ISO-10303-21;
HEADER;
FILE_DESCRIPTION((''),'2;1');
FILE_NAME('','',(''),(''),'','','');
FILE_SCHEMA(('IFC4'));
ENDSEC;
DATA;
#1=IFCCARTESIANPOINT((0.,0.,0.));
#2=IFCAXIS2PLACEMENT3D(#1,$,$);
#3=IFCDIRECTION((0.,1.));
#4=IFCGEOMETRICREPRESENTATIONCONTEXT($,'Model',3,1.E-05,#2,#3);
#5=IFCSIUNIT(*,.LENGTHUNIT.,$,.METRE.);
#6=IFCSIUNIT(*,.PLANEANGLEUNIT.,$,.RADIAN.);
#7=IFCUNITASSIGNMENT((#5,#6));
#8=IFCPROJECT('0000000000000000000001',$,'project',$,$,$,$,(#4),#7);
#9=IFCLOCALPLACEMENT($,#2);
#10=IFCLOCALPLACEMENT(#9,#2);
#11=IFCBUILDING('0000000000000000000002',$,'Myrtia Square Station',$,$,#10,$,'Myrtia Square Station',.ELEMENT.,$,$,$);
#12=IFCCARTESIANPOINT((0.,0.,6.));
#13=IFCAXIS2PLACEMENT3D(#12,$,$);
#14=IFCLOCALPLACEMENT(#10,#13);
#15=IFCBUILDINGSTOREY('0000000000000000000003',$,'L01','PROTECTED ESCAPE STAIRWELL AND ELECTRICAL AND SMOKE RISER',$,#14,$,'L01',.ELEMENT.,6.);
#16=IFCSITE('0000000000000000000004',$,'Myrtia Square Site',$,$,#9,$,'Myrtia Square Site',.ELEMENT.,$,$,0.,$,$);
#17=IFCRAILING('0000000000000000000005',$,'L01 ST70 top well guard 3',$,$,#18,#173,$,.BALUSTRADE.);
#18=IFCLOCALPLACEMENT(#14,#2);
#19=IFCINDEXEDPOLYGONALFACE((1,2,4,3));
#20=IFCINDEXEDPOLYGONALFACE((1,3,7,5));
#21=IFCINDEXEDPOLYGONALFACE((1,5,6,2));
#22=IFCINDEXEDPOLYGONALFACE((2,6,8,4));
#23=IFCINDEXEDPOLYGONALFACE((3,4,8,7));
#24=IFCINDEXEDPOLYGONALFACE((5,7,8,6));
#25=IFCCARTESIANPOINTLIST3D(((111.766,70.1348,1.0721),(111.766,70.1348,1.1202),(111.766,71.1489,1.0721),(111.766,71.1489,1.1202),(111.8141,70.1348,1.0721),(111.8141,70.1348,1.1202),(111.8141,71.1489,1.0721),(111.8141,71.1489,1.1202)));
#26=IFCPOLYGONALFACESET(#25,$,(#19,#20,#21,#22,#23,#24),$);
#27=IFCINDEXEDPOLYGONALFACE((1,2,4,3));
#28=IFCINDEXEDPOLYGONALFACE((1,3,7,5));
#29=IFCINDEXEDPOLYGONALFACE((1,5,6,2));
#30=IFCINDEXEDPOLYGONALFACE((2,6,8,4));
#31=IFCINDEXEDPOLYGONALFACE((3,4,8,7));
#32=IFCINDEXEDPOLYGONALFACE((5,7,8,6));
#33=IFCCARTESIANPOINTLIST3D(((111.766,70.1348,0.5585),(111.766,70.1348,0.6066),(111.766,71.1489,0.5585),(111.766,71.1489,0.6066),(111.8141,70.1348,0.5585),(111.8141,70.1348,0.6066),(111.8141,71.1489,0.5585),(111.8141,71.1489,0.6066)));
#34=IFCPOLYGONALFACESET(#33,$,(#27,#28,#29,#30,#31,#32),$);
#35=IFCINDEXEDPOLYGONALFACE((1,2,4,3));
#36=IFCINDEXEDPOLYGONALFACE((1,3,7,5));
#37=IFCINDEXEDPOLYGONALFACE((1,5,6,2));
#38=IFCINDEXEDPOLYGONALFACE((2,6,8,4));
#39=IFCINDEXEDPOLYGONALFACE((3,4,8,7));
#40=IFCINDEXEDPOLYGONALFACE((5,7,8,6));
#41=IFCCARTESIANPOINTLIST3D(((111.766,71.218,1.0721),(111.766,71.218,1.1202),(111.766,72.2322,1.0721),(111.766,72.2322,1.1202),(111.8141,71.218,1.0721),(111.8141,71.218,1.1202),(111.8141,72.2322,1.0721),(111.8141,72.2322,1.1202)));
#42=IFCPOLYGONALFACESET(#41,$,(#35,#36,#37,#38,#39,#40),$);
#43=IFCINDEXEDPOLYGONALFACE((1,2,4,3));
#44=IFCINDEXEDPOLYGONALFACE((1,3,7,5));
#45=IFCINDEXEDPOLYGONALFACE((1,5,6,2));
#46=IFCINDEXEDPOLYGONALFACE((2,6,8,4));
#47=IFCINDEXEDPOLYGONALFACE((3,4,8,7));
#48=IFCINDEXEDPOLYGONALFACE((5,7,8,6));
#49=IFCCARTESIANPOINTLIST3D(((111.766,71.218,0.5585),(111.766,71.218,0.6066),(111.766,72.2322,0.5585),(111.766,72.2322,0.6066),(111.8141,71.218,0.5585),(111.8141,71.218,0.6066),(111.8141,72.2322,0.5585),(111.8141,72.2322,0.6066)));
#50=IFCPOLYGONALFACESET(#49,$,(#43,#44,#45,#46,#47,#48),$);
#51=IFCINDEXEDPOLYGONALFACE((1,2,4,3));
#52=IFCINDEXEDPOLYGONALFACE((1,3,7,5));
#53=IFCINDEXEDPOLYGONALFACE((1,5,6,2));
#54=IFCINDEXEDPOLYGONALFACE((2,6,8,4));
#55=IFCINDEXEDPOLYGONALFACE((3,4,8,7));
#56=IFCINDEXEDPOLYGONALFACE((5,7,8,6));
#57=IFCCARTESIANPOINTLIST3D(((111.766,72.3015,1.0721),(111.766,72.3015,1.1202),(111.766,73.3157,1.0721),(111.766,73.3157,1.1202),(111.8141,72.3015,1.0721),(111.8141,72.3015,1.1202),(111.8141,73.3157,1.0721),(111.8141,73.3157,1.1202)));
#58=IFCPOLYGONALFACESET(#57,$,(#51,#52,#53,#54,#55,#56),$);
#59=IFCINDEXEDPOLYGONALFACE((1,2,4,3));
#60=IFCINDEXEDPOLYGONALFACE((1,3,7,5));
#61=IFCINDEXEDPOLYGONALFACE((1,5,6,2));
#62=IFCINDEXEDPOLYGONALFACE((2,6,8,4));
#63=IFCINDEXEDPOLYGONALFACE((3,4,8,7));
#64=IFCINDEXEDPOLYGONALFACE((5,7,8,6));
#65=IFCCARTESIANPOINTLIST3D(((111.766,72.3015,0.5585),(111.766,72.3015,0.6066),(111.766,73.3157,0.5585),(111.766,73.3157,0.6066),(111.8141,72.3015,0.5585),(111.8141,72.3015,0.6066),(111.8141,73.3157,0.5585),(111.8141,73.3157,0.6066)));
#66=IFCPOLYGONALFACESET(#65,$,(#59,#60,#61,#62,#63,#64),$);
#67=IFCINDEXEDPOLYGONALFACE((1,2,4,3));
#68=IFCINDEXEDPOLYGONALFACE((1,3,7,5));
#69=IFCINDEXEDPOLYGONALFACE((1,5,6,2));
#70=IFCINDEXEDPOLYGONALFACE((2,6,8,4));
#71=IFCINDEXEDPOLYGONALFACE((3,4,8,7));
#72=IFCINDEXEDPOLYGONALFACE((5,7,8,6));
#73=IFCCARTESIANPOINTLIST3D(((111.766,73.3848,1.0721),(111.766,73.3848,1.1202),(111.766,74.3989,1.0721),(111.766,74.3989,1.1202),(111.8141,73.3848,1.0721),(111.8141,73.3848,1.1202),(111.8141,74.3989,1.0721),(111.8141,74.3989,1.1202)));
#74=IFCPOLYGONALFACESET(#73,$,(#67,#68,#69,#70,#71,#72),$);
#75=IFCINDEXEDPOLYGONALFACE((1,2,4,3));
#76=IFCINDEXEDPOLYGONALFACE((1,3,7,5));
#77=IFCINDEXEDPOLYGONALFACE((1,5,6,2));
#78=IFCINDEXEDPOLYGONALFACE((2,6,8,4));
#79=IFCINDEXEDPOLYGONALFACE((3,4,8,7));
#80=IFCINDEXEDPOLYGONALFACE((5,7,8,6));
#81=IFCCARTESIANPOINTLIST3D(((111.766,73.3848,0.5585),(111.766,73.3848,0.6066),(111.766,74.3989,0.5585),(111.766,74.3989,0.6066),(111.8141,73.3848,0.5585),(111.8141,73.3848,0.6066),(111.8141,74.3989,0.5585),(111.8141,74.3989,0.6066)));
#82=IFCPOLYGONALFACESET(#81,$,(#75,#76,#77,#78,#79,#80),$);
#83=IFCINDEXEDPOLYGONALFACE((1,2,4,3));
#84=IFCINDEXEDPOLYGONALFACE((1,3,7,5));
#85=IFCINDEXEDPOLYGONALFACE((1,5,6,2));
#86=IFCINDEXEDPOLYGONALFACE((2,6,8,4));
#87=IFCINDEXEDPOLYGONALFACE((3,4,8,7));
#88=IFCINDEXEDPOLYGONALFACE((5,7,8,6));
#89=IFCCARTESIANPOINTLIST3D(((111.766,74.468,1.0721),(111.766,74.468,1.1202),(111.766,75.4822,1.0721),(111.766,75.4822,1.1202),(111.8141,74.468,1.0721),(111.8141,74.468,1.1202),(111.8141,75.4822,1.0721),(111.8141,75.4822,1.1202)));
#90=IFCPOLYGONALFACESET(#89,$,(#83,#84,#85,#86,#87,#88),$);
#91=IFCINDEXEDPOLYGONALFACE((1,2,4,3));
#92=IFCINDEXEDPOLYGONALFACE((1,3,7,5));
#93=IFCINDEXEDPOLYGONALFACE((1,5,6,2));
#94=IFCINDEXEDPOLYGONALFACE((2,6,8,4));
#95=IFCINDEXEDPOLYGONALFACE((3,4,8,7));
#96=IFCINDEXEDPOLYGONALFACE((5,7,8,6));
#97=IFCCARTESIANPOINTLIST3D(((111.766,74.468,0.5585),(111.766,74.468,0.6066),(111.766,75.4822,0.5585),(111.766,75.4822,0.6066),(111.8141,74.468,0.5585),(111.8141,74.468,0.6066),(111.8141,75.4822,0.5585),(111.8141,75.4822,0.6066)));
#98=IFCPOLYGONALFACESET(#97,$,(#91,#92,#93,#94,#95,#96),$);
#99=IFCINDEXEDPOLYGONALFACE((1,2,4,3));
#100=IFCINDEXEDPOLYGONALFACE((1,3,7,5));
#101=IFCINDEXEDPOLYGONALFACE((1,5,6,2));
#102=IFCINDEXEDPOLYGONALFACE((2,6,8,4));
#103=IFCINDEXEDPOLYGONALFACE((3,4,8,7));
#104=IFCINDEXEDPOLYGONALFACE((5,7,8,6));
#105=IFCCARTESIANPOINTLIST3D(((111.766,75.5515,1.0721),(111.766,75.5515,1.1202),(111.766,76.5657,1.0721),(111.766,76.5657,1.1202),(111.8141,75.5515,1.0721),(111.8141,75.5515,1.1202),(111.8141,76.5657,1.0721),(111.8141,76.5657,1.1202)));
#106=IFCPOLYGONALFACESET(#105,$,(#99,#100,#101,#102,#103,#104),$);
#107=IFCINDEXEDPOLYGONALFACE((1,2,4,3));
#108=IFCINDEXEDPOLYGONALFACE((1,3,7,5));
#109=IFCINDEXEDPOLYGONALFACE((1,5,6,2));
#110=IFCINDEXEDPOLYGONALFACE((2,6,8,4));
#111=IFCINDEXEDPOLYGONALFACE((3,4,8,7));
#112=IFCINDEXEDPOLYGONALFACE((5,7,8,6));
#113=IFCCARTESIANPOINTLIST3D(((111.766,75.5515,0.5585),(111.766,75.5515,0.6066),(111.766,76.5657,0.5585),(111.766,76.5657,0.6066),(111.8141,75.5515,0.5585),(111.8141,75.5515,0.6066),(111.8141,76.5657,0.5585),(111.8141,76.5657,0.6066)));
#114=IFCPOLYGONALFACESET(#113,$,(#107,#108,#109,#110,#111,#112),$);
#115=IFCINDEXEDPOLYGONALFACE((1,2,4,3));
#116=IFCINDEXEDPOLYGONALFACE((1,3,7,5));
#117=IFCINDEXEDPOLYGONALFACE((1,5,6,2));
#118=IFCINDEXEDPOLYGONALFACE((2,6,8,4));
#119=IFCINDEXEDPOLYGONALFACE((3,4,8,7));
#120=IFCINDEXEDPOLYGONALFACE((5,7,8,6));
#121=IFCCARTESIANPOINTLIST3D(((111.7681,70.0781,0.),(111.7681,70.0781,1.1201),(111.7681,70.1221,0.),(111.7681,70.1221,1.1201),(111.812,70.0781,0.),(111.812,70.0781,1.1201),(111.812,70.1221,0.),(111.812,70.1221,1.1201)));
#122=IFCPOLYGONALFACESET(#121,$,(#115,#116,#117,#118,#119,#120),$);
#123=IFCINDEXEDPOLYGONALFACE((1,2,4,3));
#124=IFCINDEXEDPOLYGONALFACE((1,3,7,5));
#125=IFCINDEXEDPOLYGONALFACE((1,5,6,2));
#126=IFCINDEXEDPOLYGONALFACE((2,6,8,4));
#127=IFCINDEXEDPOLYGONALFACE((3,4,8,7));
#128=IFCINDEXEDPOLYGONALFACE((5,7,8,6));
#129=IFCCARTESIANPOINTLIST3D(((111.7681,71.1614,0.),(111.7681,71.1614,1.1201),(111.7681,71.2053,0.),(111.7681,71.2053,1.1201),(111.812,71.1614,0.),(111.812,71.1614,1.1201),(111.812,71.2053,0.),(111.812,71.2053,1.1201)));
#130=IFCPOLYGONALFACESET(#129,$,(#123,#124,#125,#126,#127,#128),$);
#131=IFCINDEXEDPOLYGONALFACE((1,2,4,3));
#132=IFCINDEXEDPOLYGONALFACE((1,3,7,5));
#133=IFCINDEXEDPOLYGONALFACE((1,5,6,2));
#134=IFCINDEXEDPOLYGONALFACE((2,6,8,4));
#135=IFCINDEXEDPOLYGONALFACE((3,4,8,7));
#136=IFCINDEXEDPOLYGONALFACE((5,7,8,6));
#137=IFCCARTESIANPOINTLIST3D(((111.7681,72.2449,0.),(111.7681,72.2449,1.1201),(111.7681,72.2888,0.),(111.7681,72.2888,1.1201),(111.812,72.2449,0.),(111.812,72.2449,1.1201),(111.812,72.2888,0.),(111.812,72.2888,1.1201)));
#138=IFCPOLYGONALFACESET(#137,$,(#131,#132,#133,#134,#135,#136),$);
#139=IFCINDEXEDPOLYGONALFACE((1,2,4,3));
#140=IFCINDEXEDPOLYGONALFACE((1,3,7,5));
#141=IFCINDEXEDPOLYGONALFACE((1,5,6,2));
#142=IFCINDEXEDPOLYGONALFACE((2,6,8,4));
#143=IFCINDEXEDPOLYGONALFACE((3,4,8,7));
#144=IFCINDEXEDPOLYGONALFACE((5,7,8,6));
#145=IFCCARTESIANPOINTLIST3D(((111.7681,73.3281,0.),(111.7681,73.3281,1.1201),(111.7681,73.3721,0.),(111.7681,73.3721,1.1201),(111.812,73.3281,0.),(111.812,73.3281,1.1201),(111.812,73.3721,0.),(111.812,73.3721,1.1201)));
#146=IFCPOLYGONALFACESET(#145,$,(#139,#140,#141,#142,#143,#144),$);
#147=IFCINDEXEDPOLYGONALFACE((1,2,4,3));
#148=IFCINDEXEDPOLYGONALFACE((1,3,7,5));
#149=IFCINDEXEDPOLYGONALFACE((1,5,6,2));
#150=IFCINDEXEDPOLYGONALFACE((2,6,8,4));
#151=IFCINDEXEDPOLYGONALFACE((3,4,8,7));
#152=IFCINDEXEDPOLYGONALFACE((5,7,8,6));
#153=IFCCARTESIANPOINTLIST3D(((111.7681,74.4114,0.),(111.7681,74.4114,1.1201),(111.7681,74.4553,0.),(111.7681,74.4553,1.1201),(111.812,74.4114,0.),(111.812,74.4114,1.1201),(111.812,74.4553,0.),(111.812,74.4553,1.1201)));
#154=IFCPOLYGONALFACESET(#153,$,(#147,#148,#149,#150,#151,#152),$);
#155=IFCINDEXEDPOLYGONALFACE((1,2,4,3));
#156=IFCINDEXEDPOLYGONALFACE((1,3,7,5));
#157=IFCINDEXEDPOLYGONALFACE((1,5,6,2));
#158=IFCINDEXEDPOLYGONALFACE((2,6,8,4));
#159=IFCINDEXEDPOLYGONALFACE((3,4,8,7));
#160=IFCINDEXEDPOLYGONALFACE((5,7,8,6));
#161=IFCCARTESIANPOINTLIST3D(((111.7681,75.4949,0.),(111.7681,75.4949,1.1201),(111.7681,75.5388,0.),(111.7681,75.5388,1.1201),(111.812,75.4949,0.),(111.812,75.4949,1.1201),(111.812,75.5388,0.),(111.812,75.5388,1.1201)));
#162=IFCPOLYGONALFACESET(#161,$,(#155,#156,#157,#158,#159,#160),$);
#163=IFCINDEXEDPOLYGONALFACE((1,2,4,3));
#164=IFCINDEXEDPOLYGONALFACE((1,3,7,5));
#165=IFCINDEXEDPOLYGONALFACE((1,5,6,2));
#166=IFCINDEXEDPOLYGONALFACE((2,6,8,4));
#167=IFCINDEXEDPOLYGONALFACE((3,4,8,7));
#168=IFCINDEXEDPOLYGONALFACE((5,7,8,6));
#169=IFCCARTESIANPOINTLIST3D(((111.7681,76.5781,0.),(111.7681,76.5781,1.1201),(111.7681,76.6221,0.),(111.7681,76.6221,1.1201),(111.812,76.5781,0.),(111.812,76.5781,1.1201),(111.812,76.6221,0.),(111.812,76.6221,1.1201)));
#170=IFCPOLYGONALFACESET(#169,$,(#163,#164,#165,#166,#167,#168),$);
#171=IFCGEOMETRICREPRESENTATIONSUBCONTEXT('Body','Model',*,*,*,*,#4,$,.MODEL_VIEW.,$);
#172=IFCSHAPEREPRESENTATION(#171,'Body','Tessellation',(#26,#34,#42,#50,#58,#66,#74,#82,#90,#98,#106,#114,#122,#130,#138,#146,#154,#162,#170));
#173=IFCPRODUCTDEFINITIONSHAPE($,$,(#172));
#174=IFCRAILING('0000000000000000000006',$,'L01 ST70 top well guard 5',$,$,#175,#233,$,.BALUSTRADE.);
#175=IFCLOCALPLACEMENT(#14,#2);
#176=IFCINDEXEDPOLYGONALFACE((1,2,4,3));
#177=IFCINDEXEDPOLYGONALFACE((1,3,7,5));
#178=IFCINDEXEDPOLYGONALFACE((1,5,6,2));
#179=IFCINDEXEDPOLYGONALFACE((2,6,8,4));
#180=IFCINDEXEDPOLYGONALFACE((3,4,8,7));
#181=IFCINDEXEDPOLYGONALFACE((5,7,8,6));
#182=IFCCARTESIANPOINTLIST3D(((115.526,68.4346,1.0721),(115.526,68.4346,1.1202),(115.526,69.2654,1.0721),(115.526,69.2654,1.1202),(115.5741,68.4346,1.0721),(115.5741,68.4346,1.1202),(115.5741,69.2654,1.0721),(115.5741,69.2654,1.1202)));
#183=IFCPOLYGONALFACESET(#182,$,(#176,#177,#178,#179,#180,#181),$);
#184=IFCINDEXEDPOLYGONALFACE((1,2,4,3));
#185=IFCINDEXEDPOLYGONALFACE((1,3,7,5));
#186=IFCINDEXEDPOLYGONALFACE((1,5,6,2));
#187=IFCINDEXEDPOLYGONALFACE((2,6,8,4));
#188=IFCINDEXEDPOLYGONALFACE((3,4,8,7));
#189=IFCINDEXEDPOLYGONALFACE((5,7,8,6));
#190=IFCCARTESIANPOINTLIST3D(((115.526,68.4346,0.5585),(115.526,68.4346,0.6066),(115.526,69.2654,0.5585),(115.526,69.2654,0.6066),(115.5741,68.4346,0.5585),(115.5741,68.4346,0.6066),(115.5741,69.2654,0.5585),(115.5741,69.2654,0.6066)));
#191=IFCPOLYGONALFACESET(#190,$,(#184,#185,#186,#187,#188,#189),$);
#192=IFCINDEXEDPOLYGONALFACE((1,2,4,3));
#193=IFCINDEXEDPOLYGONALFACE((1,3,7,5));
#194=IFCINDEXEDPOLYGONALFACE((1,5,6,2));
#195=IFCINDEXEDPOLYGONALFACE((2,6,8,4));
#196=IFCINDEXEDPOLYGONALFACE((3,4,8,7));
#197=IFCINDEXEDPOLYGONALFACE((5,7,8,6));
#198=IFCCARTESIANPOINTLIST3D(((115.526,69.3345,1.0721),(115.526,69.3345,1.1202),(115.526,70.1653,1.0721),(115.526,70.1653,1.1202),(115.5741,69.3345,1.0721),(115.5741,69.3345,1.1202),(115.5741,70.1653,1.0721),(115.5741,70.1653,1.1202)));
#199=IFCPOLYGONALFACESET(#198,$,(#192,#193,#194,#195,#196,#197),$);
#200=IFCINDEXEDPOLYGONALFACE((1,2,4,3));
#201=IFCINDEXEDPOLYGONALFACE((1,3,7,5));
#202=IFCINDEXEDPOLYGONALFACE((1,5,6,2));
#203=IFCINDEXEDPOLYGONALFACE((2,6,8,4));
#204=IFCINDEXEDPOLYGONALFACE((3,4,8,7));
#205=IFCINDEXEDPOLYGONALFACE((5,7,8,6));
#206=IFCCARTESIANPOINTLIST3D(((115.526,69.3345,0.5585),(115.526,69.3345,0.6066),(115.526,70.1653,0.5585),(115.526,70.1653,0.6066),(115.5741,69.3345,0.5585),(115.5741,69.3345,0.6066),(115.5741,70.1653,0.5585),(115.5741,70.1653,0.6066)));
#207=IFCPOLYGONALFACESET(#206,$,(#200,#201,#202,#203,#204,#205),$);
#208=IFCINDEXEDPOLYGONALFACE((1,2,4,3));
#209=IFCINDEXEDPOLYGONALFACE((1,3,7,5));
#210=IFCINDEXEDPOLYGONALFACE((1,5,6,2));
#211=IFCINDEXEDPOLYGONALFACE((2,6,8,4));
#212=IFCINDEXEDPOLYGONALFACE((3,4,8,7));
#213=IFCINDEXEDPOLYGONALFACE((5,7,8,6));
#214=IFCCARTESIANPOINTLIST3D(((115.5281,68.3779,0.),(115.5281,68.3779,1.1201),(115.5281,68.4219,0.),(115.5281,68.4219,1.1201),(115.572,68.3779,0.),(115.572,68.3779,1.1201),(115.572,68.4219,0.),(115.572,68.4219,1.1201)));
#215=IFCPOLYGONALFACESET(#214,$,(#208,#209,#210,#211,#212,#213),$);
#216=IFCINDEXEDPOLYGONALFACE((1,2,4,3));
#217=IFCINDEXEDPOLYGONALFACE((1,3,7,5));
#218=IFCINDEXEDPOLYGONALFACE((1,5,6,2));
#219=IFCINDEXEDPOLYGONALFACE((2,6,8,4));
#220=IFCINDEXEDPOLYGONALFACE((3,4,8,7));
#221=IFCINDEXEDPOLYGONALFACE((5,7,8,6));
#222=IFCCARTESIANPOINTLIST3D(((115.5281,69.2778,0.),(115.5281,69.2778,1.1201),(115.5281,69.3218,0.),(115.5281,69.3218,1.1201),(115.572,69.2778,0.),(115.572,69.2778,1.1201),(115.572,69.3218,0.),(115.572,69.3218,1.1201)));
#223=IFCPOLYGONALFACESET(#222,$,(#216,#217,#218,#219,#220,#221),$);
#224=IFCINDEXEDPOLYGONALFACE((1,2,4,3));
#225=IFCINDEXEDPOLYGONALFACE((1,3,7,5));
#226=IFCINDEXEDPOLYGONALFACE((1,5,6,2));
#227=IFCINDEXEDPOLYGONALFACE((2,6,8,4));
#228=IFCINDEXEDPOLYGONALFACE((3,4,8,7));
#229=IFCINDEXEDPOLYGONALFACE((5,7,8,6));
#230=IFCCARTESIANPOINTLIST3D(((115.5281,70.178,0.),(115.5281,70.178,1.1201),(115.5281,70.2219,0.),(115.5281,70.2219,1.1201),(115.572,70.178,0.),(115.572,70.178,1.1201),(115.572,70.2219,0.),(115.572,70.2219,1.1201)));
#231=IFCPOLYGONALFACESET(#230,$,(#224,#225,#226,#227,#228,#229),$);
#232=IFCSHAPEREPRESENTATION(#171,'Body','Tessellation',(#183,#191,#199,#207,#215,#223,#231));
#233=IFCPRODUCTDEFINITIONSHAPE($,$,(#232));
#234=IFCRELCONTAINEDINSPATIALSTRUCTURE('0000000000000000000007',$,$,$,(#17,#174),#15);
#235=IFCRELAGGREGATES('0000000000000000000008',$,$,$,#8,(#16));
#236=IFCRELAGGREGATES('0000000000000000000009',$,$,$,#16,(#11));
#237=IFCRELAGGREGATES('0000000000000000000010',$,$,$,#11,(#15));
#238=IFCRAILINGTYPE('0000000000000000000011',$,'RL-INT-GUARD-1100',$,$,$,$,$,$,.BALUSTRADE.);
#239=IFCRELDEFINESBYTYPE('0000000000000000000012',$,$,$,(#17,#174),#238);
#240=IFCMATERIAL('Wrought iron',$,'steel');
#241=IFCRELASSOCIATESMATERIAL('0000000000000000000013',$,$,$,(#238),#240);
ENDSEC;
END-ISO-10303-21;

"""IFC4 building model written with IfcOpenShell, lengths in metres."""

from ifc_helpers import new_model, si_unit, direction, frame, origin, origin_2d, place, context, subcontext, project, spatial, rectangle, extrude, material, type_object, element, save


model = new_model("IFC4")

# Units and contexts
model_context = context("Model", 3, precision=1e-05, world=origin(), true_north=direction((0.0, 1.0)))
body_context = subcontext(model_context, "Body", "Model", "MODEL_VIEW")
ifc_project = project(units=[si_unit("LENGTHUNIT", "METRE"), si_unit("PLANEANGLEUNIT", "RADIAN")], contexts=[model_context])

# Site, building, storey
site_placement = place(None, origin())
site = spatial("IfcSite", under=ifc_project, at=site_placement, Name="Myrtia Square Site", LongName="Myrtia Square Site", CompositionType="ELEMENT", RefElevation=0.0)
building_placement = place(site_placement, origin())
building = spatial("IfcBuilding", under=site, at=building_placement, Name="Myrtia Square Station", LongName="Myrtia Square Station", CompositionType="ELEMENT")
storey_placement = place(building_placement, frame((0.0, 0.0, 6.0)))
storey = spatial("IfcBuildingStorey", under=building, at=storey_placement, Name="L01", Description="PROTECTED ESCAPE STAIRWELL AND ELECTRICAL AND SMOKE RISER", LongName="L01", CompositionType="ELEMENT", Elevation=6.0)

# Railings
ifc_material_1 = material(Name="Wrought iron", Category="steel")
railing_type = type_object("IfcRailingType", Name="RL-INT-GUARD-1100", PredefinedType="BALUSTRADE", material=ifc_material_1)
railing_1_placement = place(storey_placement, frame((111.79, 70.1001, 0.0)))
element("IfcRailing", 1, at=railing_1_placement, inside=storey, type_object=railing_type, Name="L01 ST70 top well guard 3", PredefinedType="BALUSTRADE", context=body_context, shape_type="SweptSolid", body=[
    extrude(rectangle(XDim=0.0481, YDim=0.0481, at=origin_2d()), frame((0.0, 0.0347, 1.0962), z_axis=(0.0, 1.0, 0.0), x_axis=(-1.0, 0.0, 0.0)), (0.0, 0.0, 1.0), 1.0142),
    extrude(rectangle(XDim=0.0481, YDim=0.0481, at=origin_2d()), frame((0.0, 0.0347, 0.5825), z_axis=(0.0, 1.0, 0.0), x_axis=(-1.0, 0.0, 0.0)), (0.0, 0.0, 1.0), 1.0142),
    extrude(rectangle(XDim=0.0481, YDim=0.0481, at=origin_2d()), frame((0.0, 1.1179, 1.0962), z_axis=(0.0, 1.0, 0.0), x_axis=(-1.0, 0.0, 0.0)), (0.0, 0.0, 1.0), 1.0142),
    extrude(rectangle(XDim=0.0481, YDim=0.0481, at=origin_2d()), frame((0.0, 1.1179, 0.5825), z_axis=(0.0, 1.0, 0.0), x_axis=(-1.0, 0.0, 0.0)), (0.0, 0.0, 1.0), 1.0142),
    extrude(rectangle(XDim=0.0481, YDim=0.0481, at=origin_2d()), frame((0.0, 2.2014, 1.0962), z_axis=(0.0, 1.0, 0.0), x_axis=(-1.0, 0.0, 0.0)), (0.0, 0.0, 1.0), 1.0142),
    extrude(rectangle(XDim=0.0481, YDim=0.0481, at=origin_2d()), frame((0.0, 2.2014, 0.5825), z_axis=(0.0, 1.0, 0.0), x_axis=(-1.0, 0.0, 0.0)), (0.0, 0.0, 1.0), 1.0142),
    extrude(rectangle(XDim=0.0481, YDim=0.0481, at=origin_2d()), frame((0.0, 3.2847, 1.0962), z_axis=(0.0, 1.0, 0.0), x_axis=(-1.0, 0.0, 0.0)), (0.0, 0.0, 1.0), 1.0142),
    extrude(rectangle(XDim=0.0481, YDim=0.0481, at=origin_2d()), frame((0.0, 3.2847, 0.5825), z_axis=(0.0, 1.0, 0.0), x_axis=(-1.0, 0.0, 0.0)), (0.0, 0.0, 1.0), 1.0142),
    extrude(rectangle(XDim=0.0481, YDim=0.0481, at=origin_2d()), frame((0.0, 4.3679, 1.0962), z_axis=(0.0, 1.0, 0.0), x_axis=(-1.0, 0.0, 0.0)), (0.0, 0.0, 1.0), 1.0142),
    extrude(rectangle(XDim=0.0481, YDim=0.0481, at=origin_2d()), frame((0.0, 4.3679, 0.5825), z_axis=(0.0, 1.0, 0.0), x_axis=(-1.0, 0.0, 0.0)), (0.0, 0.0, 1.0), 1.0142),
    extrude(rectangle(XDim=0.0481, YDim=0.0481, at=origin_2d()), frame((0.0, 5.4514, 1.0962), z_axis=(0.0, 1.0, 0.0), x_axis=(-1.0, 0.0, 0.0)), (0.0, 0.0, 1.0), 1.0142),
    extrude(rectangle(XDim=0.0481, YDim=0.0481, at=origin_2d()), frame((0.0, 5.4514, 0.5825), z_axis=(0.0, 1.0, 0.0), x_axis=(-1.0, 0.0, 0.0)), (0.0, 0.0, 1.0), 1.0142),
    extrude(rectangle(XDim=0.0439, YDim=0.0439, at=origin_2d()), origin(), (0.0, 0.0, 1.0), 1.1201),
    extrude(rectangle(XDim=0.0439, YDim=0.0439, at=origin_2d()), frame((0.0, 1.0833, 0.0)), (0.0, 0.0, 1.0), 1.1201),
    extrude(rectangle(XDim=0.0439, YDim=0.0439, at=origin_2d()), frame((0.0, 2.1667, 0.0)), (0.0, 0.0, 1.0), 1.1201),
    extrude(rectangle(XDim=0.0439, YDim=0.0439, at=origin_2d()), frame((0.0, 3.25, 0.0)), (0.0, 0.0, 1.0), 1.1201),
    extrude(rectangle(XDim=0.0439, YDim=0.0439, at=origin_2d()), frame((0.0, 4.3333, 0.0)), (0.0, 0.0, 1.0), 1.1201),
    extrude(rectangle(XDim=0.0439, YDim=0.0439, at=origin_2d()), frame((0.0, 5.4167, 0.0)), (0.0, 0.0, 1.0), 1.1201),
    extrude(rectangle(XDim=0.0439, YDim=0.0439, at=origin_2d()), frame((0.0, 6.5, 0.0)), (0.0, 0.0, 1.0), 1.1201),
])
for number, where, name in (
    (2, (115.55, 68.3999, 0.0), "L01 ST70 top well guard 5"),
):
    element("IfcRailing", number, at=place(storey_placement, frame(where)), inside=storey, type_object=railing_type, Name=name, PredefinedType="BALUSTRADE", context=body_context, shape_type="SweptSolid", body=[
        extrude(rectangle(XDim=0.0481, YDim=0.0481, at=origin_2d()), frame((0.0, 0.0347, 1.0962), z_axis=(0.0, 1.0, 0.0), x_axis=(-1.0, 0.0, 0.0)), (0.0, 0.0, 1.0), 0.8308),
        extrude(rectangle(XDim=0.0481, YDim=0.0481, at=origin_2d()), frame((0.0, 0.0347, 0.5825), z_axis=(0.0, 1.0, 0.0), x_axis=(-1.0, 0.0, 0.0)), (0.0, 0.0, 1.0), 0.8308),
        extrude(rectangle(XDim=0.0481, YDim=0.0481, at=origin_2d()), frame((0.0, 0.9346, 1.0962), z_axis=(0.0, 1.0, 0.0), x_axis=(-1.0, 0.0, 0.0)), (0.0, 0.0, 1.0), 0.8308),
        extrude(rectangle(XDim=0.0481, YDim=0.0481, at=origin_2d()), frame((0.0, 0.9346, 0.5825), z_axis=(0.0, 1.0, 0.0), x_axis=(-1.0, 0.0, 0.0)), (0.0, 0.0, 1.0), 0.8308),
        extrude(rectangle(XDim=0.0439, YDim=0.0439, at=origin_2d()), origin(), (0.0, 0.0, 1.0), 1.1201),
        extrude(rectangle(XDim=0.0439, YDim=0.0439, at=origin_2d()), frame((0.0, 0.8999, 0.0)), (0.0, 0.0, 1.0), 1.1201),
        extrude(rectangle(XDim=0.0439, YDim=0.0439, at=origin_2d()), frame((0.0, 1.8, 0.0)), (0.0, 0.0, 1.0), 1.1201),
    ])

save(model, "model.ifc")
